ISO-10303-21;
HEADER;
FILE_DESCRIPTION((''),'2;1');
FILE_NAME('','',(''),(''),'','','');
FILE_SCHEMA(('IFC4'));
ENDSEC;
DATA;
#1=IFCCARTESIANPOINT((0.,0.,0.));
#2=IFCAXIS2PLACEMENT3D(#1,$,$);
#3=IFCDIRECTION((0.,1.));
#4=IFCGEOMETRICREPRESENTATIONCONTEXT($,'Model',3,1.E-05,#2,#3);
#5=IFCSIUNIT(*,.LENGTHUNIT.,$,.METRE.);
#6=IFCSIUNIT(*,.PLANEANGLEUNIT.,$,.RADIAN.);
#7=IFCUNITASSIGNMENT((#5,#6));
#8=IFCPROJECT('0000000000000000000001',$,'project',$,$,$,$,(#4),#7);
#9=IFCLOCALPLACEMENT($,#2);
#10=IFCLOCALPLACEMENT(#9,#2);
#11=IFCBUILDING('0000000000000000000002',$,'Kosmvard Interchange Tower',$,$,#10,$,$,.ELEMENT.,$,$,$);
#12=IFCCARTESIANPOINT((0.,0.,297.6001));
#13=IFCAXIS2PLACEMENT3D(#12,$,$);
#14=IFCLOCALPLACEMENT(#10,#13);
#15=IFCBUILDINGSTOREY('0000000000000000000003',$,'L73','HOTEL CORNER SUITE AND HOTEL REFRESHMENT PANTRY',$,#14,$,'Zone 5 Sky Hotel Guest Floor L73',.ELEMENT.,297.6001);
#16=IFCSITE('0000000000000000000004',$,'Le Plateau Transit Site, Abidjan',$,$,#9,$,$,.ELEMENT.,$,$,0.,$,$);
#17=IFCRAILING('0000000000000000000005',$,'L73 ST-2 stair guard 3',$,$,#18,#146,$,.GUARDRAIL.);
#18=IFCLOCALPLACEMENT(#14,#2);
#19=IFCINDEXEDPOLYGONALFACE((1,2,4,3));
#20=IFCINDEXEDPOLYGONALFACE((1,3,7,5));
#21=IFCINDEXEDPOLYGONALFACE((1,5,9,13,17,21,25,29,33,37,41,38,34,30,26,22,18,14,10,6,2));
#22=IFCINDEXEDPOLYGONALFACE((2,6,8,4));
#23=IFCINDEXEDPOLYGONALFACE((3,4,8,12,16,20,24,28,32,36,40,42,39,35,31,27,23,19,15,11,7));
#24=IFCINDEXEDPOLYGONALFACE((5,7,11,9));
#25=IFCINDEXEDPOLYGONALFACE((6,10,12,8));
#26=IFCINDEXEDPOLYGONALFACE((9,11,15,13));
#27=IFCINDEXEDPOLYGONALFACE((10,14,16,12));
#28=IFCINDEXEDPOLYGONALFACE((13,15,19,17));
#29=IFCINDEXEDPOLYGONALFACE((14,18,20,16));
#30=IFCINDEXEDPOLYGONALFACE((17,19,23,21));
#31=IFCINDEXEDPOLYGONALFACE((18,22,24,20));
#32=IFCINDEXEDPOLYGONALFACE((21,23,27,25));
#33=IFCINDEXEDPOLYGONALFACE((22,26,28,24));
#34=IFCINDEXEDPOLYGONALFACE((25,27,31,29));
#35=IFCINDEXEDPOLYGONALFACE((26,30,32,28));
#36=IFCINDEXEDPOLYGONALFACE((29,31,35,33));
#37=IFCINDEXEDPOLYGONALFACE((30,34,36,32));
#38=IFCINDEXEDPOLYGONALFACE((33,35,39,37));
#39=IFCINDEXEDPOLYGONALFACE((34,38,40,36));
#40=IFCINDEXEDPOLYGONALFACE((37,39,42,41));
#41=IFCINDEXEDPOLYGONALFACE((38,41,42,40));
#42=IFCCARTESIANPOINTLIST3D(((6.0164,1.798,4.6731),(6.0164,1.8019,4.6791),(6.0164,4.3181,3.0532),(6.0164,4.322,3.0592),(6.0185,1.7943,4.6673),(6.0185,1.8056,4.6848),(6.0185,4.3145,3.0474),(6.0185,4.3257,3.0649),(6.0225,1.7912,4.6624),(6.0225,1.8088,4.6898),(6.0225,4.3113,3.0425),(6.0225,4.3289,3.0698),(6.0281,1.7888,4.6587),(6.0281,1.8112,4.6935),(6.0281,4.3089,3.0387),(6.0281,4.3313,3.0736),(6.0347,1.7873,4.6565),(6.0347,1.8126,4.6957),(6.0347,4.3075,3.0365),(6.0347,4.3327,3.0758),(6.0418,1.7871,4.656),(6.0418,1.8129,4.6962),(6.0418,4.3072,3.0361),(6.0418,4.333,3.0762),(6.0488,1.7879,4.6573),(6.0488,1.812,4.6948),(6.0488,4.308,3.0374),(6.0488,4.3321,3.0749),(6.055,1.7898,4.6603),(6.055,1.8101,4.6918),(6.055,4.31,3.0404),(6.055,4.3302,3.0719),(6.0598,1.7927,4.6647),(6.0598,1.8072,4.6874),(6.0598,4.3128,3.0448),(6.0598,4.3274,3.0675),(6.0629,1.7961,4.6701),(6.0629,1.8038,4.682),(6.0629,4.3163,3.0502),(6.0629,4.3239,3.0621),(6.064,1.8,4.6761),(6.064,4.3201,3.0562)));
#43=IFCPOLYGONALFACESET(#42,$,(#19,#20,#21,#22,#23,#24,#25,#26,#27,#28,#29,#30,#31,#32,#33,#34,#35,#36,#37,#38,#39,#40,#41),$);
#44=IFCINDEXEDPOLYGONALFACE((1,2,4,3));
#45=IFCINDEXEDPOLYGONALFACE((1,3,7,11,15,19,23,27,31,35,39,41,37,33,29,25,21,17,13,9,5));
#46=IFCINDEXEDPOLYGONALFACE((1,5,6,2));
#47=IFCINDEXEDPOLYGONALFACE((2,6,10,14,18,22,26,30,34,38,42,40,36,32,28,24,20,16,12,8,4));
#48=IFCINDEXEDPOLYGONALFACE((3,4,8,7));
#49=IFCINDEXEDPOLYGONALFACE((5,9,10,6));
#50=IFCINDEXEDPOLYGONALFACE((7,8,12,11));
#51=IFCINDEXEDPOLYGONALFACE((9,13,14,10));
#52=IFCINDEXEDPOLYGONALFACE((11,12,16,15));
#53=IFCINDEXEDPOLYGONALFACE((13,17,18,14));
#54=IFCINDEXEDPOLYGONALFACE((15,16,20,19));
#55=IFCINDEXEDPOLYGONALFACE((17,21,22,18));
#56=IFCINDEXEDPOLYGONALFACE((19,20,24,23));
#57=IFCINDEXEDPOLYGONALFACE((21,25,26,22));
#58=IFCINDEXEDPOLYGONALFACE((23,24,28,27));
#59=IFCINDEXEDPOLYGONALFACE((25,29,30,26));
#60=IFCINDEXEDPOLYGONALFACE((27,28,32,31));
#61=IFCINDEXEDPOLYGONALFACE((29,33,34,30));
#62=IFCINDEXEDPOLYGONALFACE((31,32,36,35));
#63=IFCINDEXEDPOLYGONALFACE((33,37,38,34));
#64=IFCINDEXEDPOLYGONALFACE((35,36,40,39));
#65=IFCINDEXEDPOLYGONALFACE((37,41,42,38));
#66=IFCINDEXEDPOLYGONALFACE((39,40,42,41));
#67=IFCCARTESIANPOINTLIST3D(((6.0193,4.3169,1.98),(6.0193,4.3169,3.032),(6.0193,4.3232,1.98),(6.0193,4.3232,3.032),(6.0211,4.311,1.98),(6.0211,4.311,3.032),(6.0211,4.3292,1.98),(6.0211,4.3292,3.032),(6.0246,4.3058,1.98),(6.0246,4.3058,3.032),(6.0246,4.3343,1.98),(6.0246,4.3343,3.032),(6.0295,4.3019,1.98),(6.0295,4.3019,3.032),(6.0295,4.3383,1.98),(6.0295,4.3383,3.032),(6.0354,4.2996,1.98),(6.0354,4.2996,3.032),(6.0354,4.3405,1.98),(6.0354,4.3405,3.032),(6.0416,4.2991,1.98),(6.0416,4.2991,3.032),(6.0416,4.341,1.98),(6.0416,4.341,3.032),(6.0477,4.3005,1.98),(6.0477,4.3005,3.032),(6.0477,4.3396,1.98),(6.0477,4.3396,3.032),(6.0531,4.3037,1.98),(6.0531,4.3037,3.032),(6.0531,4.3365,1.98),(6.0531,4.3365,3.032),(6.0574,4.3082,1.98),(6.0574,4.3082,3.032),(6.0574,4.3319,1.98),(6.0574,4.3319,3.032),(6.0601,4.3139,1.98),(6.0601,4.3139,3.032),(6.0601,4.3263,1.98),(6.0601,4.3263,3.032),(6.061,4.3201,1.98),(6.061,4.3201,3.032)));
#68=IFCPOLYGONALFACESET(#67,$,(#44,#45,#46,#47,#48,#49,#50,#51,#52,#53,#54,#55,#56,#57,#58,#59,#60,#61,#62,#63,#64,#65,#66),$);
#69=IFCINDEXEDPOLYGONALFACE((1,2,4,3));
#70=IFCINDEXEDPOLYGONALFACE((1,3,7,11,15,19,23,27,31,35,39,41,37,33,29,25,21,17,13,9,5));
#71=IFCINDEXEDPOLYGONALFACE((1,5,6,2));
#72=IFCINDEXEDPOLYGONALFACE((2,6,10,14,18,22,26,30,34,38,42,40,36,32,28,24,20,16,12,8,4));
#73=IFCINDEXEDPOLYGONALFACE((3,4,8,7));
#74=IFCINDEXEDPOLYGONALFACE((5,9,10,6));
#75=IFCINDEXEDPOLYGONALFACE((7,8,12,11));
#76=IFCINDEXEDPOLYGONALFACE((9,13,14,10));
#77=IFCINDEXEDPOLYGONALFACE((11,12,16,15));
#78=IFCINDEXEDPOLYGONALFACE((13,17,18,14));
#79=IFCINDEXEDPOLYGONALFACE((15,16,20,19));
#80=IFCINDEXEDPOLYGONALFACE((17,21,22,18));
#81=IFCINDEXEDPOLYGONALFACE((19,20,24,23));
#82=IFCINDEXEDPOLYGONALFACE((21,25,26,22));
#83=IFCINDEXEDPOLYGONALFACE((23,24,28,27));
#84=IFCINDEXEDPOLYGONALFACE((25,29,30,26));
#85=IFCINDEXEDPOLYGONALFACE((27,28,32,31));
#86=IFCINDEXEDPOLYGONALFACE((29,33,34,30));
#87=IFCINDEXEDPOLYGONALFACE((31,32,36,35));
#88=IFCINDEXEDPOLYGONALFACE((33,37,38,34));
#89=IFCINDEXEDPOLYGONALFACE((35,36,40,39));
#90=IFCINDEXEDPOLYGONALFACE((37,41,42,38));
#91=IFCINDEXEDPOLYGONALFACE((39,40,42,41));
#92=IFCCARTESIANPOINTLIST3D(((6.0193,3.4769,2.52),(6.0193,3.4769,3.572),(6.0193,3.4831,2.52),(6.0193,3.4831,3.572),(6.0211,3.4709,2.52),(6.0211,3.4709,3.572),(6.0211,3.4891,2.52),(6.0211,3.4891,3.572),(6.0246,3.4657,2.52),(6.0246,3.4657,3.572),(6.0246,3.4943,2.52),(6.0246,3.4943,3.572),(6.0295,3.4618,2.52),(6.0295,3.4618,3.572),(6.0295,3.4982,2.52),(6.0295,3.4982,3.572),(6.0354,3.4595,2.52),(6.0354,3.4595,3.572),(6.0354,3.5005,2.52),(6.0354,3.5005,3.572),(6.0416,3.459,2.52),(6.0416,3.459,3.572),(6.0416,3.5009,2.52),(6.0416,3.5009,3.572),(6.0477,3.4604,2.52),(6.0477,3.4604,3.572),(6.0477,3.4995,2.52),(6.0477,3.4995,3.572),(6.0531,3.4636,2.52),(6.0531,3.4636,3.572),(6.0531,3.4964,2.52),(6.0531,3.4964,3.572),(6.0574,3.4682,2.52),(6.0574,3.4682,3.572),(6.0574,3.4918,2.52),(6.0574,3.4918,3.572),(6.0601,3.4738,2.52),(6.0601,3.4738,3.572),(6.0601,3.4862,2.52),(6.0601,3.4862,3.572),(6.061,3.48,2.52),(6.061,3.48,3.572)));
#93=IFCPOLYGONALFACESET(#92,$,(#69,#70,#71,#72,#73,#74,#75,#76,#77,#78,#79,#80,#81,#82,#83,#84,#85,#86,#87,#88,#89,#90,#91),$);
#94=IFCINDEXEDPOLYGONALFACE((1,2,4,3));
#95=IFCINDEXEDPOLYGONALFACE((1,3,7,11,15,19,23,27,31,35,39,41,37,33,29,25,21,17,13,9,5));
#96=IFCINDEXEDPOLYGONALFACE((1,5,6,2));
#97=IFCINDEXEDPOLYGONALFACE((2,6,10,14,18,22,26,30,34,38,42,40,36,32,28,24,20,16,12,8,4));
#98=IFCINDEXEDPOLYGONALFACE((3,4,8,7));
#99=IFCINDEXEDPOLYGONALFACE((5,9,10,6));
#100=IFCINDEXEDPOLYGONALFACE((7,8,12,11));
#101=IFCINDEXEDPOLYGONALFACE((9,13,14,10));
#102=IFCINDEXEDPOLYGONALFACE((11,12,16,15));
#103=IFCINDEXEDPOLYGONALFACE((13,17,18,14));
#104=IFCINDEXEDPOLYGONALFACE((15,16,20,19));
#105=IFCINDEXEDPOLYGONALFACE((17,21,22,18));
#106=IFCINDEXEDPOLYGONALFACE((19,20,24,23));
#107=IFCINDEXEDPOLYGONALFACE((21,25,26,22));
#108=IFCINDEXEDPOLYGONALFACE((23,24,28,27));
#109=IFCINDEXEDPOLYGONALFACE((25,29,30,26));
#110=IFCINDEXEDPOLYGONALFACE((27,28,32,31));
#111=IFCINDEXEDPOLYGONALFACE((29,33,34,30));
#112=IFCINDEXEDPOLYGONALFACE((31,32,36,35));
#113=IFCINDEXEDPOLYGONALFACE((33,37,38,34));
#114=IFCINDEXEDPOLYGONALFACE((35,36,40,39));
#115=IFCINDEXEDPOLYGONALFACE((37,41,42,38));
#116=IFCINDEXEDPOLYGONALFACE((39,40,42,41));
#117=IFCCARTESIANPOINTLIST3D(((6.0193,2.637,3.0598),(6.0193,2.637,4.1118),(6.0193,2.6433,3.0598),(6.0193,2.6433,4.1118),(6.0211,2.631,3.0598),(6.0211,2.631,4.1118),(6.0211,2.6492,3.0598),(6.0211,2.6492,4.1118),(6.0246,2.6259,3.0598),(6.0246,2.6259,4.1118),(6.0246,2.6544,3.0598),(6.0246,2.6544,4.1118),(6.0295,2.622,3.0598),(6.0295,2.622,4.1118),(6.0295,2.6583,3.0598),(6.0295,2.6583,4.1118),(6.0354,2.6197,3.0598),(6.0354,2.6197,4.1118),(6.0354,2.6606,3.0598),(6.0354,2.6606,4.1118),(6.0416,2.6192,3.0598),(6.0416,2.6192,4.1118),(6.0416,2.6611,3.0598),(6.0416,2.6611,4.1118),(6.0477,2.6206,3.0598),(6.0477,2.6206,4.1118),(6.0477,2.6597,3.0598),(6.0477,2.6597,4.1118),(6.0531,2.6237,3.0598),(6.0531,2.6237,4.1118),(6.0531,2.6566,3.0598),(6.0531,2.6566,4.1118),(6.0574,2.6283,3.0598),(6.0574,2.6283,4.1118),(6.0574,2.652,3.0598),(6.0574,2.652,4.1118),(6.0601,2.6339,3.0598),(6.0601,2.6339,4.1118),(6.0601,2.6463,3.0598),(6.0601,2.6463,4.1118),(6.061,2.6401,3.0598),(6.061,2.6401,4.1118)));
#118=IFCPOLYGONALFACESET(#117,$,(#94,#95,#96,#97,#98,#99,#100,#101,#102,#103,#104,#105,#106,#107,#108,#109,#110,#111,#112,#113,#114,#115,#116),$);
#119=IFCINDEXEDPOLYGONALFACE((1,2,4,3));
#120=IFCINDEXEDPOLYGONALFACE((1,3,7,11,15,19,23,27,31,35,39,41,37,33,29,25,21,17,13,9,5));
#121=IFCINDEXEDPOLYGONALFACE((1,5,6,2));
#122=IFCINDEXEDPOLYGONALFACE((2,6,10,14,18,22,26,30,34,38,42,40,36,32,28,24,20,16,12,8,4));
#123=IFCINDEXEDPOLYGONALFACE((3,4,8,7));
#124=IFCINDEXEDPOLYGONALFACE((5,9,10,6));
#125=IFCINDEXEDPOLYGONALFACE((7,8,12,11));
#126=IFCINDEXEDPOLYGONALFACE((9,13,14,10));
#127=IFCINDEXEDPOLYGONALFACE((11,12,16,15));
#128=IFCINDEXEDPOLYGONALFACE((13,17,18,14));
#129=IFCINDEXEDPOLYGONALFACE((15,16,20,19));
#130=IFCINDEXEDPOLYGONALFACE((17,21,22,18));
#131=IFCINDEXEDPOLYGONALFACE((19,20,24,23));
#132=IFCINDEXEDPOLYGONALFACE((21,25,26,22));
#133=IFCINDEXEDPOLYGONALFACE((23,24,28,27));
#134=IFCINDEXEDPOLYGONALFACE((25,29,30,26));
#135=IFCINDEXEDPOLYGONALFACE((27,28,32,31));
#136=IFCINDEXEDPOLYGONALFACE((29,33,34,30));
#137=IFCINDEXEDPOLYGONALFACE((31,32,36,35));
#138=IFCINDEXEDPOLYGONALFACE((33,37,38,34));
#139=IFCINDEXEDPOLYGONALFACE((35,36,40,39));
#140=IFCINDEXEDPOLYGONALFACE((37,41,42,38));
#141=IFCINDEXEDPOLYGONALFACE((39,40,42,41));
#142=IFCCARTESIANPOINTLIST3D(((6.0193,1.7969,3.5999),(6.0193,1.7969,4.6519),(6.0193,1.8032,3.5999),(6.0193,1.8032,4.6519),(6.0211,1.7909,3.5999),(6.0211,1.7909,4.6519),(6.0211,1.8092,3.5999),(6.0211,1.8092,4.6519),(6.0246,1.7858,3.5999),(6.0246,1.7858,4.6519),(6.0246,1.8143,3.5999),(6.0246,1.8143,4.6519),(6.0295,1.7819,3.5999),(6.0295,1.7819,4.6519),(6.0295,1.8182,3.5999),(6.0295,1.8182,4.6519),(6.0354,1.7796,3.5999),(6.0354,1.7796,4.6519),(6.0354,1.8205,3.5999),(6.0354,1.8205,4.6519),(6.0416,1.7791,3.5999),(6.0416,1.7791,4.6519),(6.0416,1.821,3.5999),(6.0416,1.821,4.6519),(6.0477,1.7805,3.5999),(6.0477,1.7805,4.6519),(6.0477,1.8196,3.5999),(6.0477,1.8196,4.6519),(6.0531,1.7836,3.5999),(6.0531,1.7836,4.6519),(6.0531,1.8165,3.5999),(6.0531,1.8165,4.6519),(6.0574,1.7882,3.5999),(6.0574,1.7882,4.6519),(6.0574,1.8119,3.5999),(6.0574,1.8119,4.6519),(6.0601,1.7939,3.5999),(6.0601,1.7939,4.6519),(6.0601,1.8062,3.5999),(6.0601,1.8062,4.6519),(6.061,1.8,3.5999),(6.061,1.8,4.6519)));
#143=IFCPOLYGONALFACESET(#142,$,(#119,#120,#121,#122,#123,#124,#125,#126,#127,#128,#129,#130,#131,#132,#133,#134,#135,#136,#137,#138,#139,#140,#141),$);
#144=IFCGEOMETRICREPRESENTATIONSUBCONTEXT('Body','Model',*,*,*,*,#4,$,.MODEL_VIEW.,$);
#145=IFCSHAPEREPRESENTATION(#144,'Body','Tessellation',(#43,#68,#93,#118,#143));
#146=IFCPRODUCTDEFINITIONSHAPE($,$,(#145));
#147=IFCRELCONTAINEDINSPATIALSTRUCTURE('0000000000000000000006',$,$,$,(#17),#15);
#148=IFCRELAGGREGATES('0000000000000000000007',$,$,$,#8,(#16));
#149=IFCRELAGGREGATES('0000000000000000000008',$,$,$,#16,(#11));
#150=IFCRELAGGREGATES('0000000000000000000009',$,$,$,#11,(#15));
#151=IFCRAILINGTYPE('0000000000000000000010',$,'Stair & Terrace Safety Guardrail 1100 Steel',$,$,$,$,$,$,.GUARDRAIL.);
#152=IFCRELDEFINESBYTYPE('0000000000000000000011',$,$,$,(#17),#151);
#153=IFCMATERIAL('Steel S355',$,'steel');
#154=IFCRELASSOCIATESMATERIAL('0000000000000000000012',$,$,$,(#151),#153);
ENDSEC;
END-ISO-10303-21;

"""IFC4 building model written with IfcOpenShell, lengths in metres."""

from ifc_helpers import new_model, si_unit, direction, frame, origin, origin_2d, place, context, subcontext, project, spatial, circle, extrude, source, transform, mapped, material, type_object, element, save


model = new_model("IFC4")

# Units and contexts
model_context = context("Model", 3, precision=1e-05, world=origin(), true_north=direction((0.0, 1.0)))
body_context = subcontext(model_context, "Body", "Model", "MODEL_VIEW")
ifc_project = project(units=[si_unit("LENGTHUNIT", "METRE"), si_unit("PLANEANGLEUNIT", "RADIAN")], contexts=[model_context])

# Site, building, storey
site_placement = place(None, origin())
site = spatial("IfcSite", under=ifc_project, at=site_placement, Name="Le Plateau Transit Site, Abidjan", CompositionType="ELEMENT", RefElevation=0.0)
building_placement = place(site_placement, origin())
building = spatial("IfcBuilding", under=site, at=building_placement, Name="Kosmvard Interchange Tower", CompositionType="ELEMENT")
storey_placement = place(building_placement, frame((0.0, 0.0, 297.6001)))
storey = spatial("IfcBuildingStorey", under=building, at=storey_placement, Name="L73", Description="HOTEL CORNER SUITE AND HOTEL REFRESHMENT PANTRY", LongName="Zone 5 Sky Hotel Guest Floor L73", CompositionType="ELEMENT", Elevation=297.6001)

# Shared definitions
ifc_material_1 = material(Name="Steel S355", Category="steel")

# Railing
railing_type_1 = type_object("IfcRailingType", Name="Stair & Terrace Safety Guardrail 1100 Steel", PredefinedType="GUARDRAIL", material=ifc_material_1)
shared_shape_1 = source(origin(), body_context, "Body", "SweptSolid", [
    extrude(circle(Radius=0.0239, at=origin_2d()), frame((0.0, 0.0, 1.0762), z_axis=(0.0, -0.8412, 0.540725), x_axis=(1.0, 0.0, 0.0)), (0.0, 0.0, 1.0), 2.9958),
    extrude(circle(Radius=0.021, at=origin_2d()), origin(), (0.0, 0.0, 1.0), 1.052),
    extrude(circle(Radius=0.021, at=origin_2d()), frame((0.0, -0.8401, 0.54)), (0.0, 0.0, 1.0), 1.052),
    extrude(circle(Radius=0.021, at=origin_2d()), frame((0.0, -1.6799, 1.0798)), (0.0, 0.0, 1.0), 1.052),
    extrude(circle(Radius=0.021, at=origin_2d()), frame((0.0, -2.52, 1.6199)), (0.0, 0.0, 1.0), 1.052),
])
railing_1_placement = place(storey_placement, frame((6.04, 4.3201, 1.98)))
element("IfcRailing", 1, at=railing_1_placement, inside=storey, type_object=railing_type_1, Name="L73 ST-2 stair guard 3", PredefinedType="GUARDRAIL", context=body_context, shape_type="MappedRepresentation", body=[
    mapped(shared_shape_1, transform((0.0, 0.0, 0.0), scale=1.0)),
])

save(model, "model.ifc")
